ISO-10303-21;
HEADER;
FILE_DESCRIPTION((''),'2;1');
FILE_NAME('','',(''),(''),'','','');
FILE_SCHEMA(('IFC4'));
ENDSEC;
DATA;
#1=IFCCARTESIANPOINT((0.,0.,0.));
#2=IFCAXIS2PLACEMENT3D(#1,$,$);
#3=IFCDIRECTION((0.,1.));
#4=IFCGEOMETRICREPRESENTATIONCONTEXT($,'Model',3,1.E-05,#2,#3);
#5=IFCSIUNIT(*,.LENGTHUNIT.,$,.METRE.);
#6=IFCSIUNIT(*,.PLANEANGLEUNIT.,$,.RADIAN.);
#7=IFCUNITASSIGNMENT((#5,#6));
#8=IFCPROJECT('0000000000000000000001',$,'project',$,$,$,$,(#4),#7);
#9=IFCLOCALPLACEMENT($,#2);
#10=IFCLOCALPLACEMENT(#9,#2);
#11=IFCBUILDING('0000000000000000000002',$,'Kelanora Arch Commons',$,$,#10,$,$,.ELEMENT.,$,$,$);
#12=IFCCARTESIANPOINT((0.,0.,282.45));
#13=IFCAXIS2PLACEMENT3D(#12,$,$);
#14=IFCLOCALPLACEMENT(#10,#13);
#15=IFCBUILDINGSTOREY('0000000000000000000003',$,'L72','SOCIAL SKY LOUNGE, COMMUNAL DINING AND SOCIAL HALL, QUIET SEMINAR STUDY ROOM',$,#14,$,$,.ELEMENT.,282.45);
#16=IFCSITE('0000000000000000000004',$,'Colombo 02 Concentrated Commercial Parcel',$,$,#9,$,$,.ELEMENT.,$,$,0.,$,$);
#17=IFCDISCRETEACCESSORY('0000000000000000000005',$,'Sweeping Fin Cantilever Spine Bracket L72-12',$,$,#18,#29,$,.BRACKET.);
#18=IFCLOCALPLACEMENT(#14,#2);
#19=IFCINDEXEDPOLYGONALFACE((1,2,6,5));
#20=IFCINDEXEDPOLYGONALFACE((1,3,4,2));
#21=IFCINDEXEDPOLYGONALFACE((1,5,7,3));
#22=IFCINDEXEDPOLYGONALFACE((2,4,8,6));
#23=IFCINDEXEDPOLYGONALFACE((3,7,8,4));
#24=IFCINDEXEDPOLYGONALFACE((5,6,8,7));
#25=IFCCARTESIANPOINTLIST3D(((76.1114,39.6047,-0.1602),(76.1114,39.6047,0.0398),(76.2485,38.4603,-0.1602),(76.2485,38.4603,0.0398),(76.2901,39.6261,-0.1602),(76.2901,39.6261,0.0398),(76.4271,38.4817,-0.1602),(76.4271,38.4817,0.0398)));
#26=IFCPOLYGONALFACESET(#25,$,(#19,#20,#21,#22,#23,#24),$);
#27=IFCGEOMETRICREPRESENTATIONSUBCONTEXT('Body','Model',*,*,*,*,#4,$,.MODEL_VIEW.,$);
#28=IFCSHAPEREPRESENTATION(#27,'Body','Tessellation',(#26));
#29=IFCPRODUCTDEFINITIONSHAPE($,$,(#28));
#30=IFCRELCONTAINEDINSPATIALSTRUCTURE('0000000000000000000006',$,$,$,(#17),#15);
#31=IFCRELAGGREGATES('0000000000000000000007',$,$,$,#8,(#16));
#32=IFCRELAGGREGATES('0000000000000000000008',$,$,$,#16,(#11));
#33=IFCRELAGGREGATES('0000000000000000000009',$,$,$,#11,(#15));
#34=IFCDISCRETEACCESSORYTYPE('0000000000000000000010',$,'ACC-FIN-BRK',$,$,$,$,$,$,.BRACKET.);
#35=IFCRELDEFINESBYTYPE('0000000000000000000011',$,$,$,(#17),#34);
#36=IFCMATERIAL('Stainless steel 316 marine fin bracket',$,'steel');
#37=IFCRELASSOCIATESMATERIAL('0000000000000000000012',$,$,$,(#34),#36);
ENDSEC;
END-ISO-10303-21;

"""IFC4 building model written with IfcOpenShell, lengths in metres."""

from ifc_helpers import new_model, si_unit, direction, frame, origin, origin_2d, place, context, subcontext, project, spatial, rectangle, extrude, source, transform, mapped, material, type_object, element, save


model = new_model("IFC4")

# Units and contexts
model_context = context("Model", 3, precision=1e-05, world=origin(), true_north=direction((0.0, 1.0)))
body_context = subcontext(model_context, "Body", "Model", "MODEL_VIEW")
ifc_project = project(units=[si_unit("LENGTHUNIT", "METRE"), si_unit("PLANEANGLEUNIT", "RADIAN")], contexts=[model_context])

# Site, building, storey
site_placement = place(None, origin())
site = spatial("IfcSite", under=ifc_project, at=site_placement, Name="Colombo 02 Concentrated Commercial Parcel", CompositionType="ELEMENT", RefElevation=0.0)
building_placement = place(site_placement, origin())
building = spatial("IfcBuilding", under=site, at=building_placement, Name="Kelanora Arch Commons", CompositionType="ELEMENT")
storey_placement = place(building_placement, frame((0.0, 0.0, 282.45)))
storey = spatial("IfcBuildingStorey", under=building, at=storey_placement, Name="L72", Description="SOCIAL SKY LOUNGE, COMMUNAL DINING AND SOCIAL HALL, QUIET SEMINAR STUDY ROOM", CompositionType="ELEMENT", Elevation=282.45)

# Discrete accessory
ifc_material_1 = material(Name="Stainless steel 316 marine fin bracket", Category="steel")
discrete_accessory_type = type_object("IfcDiscreteAccessoryType", Name="ACC-FIN-BRK", PredefinedType="BRACKET", material=ifc_material_1)
shared_shape_1 = source(origin(), body_context, "Body", "SweptSolid", [
    extrude(rectangle(XDim=1.1526, YDim=0.1799, at=origin_2d()), origin(), (0.0, 0.0, 1.0), 0.2),
])
discrete_accessory_placement = place(storey_placement, frame((76.2693, 39.0432, -0.1602), z_axis=(0.0, 0.0, 1.0), x_axis=(0.118924, -0.992903, 0.0)))
element("IfcDiscreteAccessory", 1, at=discrete_accessory_placement, inside=storey, type_object=discrete_accessory_type, Name="Sweeping Fin Cantilever Spine Bracket L72-12", PredefinedType="BRACKET", context=body_context, shape_type="MappedRepresentation", body=[
    mapped(shared_shape_1, transform((0.0, 0.0, 0.0), scale=1.0)),
])

save(model, "model.ifc")
